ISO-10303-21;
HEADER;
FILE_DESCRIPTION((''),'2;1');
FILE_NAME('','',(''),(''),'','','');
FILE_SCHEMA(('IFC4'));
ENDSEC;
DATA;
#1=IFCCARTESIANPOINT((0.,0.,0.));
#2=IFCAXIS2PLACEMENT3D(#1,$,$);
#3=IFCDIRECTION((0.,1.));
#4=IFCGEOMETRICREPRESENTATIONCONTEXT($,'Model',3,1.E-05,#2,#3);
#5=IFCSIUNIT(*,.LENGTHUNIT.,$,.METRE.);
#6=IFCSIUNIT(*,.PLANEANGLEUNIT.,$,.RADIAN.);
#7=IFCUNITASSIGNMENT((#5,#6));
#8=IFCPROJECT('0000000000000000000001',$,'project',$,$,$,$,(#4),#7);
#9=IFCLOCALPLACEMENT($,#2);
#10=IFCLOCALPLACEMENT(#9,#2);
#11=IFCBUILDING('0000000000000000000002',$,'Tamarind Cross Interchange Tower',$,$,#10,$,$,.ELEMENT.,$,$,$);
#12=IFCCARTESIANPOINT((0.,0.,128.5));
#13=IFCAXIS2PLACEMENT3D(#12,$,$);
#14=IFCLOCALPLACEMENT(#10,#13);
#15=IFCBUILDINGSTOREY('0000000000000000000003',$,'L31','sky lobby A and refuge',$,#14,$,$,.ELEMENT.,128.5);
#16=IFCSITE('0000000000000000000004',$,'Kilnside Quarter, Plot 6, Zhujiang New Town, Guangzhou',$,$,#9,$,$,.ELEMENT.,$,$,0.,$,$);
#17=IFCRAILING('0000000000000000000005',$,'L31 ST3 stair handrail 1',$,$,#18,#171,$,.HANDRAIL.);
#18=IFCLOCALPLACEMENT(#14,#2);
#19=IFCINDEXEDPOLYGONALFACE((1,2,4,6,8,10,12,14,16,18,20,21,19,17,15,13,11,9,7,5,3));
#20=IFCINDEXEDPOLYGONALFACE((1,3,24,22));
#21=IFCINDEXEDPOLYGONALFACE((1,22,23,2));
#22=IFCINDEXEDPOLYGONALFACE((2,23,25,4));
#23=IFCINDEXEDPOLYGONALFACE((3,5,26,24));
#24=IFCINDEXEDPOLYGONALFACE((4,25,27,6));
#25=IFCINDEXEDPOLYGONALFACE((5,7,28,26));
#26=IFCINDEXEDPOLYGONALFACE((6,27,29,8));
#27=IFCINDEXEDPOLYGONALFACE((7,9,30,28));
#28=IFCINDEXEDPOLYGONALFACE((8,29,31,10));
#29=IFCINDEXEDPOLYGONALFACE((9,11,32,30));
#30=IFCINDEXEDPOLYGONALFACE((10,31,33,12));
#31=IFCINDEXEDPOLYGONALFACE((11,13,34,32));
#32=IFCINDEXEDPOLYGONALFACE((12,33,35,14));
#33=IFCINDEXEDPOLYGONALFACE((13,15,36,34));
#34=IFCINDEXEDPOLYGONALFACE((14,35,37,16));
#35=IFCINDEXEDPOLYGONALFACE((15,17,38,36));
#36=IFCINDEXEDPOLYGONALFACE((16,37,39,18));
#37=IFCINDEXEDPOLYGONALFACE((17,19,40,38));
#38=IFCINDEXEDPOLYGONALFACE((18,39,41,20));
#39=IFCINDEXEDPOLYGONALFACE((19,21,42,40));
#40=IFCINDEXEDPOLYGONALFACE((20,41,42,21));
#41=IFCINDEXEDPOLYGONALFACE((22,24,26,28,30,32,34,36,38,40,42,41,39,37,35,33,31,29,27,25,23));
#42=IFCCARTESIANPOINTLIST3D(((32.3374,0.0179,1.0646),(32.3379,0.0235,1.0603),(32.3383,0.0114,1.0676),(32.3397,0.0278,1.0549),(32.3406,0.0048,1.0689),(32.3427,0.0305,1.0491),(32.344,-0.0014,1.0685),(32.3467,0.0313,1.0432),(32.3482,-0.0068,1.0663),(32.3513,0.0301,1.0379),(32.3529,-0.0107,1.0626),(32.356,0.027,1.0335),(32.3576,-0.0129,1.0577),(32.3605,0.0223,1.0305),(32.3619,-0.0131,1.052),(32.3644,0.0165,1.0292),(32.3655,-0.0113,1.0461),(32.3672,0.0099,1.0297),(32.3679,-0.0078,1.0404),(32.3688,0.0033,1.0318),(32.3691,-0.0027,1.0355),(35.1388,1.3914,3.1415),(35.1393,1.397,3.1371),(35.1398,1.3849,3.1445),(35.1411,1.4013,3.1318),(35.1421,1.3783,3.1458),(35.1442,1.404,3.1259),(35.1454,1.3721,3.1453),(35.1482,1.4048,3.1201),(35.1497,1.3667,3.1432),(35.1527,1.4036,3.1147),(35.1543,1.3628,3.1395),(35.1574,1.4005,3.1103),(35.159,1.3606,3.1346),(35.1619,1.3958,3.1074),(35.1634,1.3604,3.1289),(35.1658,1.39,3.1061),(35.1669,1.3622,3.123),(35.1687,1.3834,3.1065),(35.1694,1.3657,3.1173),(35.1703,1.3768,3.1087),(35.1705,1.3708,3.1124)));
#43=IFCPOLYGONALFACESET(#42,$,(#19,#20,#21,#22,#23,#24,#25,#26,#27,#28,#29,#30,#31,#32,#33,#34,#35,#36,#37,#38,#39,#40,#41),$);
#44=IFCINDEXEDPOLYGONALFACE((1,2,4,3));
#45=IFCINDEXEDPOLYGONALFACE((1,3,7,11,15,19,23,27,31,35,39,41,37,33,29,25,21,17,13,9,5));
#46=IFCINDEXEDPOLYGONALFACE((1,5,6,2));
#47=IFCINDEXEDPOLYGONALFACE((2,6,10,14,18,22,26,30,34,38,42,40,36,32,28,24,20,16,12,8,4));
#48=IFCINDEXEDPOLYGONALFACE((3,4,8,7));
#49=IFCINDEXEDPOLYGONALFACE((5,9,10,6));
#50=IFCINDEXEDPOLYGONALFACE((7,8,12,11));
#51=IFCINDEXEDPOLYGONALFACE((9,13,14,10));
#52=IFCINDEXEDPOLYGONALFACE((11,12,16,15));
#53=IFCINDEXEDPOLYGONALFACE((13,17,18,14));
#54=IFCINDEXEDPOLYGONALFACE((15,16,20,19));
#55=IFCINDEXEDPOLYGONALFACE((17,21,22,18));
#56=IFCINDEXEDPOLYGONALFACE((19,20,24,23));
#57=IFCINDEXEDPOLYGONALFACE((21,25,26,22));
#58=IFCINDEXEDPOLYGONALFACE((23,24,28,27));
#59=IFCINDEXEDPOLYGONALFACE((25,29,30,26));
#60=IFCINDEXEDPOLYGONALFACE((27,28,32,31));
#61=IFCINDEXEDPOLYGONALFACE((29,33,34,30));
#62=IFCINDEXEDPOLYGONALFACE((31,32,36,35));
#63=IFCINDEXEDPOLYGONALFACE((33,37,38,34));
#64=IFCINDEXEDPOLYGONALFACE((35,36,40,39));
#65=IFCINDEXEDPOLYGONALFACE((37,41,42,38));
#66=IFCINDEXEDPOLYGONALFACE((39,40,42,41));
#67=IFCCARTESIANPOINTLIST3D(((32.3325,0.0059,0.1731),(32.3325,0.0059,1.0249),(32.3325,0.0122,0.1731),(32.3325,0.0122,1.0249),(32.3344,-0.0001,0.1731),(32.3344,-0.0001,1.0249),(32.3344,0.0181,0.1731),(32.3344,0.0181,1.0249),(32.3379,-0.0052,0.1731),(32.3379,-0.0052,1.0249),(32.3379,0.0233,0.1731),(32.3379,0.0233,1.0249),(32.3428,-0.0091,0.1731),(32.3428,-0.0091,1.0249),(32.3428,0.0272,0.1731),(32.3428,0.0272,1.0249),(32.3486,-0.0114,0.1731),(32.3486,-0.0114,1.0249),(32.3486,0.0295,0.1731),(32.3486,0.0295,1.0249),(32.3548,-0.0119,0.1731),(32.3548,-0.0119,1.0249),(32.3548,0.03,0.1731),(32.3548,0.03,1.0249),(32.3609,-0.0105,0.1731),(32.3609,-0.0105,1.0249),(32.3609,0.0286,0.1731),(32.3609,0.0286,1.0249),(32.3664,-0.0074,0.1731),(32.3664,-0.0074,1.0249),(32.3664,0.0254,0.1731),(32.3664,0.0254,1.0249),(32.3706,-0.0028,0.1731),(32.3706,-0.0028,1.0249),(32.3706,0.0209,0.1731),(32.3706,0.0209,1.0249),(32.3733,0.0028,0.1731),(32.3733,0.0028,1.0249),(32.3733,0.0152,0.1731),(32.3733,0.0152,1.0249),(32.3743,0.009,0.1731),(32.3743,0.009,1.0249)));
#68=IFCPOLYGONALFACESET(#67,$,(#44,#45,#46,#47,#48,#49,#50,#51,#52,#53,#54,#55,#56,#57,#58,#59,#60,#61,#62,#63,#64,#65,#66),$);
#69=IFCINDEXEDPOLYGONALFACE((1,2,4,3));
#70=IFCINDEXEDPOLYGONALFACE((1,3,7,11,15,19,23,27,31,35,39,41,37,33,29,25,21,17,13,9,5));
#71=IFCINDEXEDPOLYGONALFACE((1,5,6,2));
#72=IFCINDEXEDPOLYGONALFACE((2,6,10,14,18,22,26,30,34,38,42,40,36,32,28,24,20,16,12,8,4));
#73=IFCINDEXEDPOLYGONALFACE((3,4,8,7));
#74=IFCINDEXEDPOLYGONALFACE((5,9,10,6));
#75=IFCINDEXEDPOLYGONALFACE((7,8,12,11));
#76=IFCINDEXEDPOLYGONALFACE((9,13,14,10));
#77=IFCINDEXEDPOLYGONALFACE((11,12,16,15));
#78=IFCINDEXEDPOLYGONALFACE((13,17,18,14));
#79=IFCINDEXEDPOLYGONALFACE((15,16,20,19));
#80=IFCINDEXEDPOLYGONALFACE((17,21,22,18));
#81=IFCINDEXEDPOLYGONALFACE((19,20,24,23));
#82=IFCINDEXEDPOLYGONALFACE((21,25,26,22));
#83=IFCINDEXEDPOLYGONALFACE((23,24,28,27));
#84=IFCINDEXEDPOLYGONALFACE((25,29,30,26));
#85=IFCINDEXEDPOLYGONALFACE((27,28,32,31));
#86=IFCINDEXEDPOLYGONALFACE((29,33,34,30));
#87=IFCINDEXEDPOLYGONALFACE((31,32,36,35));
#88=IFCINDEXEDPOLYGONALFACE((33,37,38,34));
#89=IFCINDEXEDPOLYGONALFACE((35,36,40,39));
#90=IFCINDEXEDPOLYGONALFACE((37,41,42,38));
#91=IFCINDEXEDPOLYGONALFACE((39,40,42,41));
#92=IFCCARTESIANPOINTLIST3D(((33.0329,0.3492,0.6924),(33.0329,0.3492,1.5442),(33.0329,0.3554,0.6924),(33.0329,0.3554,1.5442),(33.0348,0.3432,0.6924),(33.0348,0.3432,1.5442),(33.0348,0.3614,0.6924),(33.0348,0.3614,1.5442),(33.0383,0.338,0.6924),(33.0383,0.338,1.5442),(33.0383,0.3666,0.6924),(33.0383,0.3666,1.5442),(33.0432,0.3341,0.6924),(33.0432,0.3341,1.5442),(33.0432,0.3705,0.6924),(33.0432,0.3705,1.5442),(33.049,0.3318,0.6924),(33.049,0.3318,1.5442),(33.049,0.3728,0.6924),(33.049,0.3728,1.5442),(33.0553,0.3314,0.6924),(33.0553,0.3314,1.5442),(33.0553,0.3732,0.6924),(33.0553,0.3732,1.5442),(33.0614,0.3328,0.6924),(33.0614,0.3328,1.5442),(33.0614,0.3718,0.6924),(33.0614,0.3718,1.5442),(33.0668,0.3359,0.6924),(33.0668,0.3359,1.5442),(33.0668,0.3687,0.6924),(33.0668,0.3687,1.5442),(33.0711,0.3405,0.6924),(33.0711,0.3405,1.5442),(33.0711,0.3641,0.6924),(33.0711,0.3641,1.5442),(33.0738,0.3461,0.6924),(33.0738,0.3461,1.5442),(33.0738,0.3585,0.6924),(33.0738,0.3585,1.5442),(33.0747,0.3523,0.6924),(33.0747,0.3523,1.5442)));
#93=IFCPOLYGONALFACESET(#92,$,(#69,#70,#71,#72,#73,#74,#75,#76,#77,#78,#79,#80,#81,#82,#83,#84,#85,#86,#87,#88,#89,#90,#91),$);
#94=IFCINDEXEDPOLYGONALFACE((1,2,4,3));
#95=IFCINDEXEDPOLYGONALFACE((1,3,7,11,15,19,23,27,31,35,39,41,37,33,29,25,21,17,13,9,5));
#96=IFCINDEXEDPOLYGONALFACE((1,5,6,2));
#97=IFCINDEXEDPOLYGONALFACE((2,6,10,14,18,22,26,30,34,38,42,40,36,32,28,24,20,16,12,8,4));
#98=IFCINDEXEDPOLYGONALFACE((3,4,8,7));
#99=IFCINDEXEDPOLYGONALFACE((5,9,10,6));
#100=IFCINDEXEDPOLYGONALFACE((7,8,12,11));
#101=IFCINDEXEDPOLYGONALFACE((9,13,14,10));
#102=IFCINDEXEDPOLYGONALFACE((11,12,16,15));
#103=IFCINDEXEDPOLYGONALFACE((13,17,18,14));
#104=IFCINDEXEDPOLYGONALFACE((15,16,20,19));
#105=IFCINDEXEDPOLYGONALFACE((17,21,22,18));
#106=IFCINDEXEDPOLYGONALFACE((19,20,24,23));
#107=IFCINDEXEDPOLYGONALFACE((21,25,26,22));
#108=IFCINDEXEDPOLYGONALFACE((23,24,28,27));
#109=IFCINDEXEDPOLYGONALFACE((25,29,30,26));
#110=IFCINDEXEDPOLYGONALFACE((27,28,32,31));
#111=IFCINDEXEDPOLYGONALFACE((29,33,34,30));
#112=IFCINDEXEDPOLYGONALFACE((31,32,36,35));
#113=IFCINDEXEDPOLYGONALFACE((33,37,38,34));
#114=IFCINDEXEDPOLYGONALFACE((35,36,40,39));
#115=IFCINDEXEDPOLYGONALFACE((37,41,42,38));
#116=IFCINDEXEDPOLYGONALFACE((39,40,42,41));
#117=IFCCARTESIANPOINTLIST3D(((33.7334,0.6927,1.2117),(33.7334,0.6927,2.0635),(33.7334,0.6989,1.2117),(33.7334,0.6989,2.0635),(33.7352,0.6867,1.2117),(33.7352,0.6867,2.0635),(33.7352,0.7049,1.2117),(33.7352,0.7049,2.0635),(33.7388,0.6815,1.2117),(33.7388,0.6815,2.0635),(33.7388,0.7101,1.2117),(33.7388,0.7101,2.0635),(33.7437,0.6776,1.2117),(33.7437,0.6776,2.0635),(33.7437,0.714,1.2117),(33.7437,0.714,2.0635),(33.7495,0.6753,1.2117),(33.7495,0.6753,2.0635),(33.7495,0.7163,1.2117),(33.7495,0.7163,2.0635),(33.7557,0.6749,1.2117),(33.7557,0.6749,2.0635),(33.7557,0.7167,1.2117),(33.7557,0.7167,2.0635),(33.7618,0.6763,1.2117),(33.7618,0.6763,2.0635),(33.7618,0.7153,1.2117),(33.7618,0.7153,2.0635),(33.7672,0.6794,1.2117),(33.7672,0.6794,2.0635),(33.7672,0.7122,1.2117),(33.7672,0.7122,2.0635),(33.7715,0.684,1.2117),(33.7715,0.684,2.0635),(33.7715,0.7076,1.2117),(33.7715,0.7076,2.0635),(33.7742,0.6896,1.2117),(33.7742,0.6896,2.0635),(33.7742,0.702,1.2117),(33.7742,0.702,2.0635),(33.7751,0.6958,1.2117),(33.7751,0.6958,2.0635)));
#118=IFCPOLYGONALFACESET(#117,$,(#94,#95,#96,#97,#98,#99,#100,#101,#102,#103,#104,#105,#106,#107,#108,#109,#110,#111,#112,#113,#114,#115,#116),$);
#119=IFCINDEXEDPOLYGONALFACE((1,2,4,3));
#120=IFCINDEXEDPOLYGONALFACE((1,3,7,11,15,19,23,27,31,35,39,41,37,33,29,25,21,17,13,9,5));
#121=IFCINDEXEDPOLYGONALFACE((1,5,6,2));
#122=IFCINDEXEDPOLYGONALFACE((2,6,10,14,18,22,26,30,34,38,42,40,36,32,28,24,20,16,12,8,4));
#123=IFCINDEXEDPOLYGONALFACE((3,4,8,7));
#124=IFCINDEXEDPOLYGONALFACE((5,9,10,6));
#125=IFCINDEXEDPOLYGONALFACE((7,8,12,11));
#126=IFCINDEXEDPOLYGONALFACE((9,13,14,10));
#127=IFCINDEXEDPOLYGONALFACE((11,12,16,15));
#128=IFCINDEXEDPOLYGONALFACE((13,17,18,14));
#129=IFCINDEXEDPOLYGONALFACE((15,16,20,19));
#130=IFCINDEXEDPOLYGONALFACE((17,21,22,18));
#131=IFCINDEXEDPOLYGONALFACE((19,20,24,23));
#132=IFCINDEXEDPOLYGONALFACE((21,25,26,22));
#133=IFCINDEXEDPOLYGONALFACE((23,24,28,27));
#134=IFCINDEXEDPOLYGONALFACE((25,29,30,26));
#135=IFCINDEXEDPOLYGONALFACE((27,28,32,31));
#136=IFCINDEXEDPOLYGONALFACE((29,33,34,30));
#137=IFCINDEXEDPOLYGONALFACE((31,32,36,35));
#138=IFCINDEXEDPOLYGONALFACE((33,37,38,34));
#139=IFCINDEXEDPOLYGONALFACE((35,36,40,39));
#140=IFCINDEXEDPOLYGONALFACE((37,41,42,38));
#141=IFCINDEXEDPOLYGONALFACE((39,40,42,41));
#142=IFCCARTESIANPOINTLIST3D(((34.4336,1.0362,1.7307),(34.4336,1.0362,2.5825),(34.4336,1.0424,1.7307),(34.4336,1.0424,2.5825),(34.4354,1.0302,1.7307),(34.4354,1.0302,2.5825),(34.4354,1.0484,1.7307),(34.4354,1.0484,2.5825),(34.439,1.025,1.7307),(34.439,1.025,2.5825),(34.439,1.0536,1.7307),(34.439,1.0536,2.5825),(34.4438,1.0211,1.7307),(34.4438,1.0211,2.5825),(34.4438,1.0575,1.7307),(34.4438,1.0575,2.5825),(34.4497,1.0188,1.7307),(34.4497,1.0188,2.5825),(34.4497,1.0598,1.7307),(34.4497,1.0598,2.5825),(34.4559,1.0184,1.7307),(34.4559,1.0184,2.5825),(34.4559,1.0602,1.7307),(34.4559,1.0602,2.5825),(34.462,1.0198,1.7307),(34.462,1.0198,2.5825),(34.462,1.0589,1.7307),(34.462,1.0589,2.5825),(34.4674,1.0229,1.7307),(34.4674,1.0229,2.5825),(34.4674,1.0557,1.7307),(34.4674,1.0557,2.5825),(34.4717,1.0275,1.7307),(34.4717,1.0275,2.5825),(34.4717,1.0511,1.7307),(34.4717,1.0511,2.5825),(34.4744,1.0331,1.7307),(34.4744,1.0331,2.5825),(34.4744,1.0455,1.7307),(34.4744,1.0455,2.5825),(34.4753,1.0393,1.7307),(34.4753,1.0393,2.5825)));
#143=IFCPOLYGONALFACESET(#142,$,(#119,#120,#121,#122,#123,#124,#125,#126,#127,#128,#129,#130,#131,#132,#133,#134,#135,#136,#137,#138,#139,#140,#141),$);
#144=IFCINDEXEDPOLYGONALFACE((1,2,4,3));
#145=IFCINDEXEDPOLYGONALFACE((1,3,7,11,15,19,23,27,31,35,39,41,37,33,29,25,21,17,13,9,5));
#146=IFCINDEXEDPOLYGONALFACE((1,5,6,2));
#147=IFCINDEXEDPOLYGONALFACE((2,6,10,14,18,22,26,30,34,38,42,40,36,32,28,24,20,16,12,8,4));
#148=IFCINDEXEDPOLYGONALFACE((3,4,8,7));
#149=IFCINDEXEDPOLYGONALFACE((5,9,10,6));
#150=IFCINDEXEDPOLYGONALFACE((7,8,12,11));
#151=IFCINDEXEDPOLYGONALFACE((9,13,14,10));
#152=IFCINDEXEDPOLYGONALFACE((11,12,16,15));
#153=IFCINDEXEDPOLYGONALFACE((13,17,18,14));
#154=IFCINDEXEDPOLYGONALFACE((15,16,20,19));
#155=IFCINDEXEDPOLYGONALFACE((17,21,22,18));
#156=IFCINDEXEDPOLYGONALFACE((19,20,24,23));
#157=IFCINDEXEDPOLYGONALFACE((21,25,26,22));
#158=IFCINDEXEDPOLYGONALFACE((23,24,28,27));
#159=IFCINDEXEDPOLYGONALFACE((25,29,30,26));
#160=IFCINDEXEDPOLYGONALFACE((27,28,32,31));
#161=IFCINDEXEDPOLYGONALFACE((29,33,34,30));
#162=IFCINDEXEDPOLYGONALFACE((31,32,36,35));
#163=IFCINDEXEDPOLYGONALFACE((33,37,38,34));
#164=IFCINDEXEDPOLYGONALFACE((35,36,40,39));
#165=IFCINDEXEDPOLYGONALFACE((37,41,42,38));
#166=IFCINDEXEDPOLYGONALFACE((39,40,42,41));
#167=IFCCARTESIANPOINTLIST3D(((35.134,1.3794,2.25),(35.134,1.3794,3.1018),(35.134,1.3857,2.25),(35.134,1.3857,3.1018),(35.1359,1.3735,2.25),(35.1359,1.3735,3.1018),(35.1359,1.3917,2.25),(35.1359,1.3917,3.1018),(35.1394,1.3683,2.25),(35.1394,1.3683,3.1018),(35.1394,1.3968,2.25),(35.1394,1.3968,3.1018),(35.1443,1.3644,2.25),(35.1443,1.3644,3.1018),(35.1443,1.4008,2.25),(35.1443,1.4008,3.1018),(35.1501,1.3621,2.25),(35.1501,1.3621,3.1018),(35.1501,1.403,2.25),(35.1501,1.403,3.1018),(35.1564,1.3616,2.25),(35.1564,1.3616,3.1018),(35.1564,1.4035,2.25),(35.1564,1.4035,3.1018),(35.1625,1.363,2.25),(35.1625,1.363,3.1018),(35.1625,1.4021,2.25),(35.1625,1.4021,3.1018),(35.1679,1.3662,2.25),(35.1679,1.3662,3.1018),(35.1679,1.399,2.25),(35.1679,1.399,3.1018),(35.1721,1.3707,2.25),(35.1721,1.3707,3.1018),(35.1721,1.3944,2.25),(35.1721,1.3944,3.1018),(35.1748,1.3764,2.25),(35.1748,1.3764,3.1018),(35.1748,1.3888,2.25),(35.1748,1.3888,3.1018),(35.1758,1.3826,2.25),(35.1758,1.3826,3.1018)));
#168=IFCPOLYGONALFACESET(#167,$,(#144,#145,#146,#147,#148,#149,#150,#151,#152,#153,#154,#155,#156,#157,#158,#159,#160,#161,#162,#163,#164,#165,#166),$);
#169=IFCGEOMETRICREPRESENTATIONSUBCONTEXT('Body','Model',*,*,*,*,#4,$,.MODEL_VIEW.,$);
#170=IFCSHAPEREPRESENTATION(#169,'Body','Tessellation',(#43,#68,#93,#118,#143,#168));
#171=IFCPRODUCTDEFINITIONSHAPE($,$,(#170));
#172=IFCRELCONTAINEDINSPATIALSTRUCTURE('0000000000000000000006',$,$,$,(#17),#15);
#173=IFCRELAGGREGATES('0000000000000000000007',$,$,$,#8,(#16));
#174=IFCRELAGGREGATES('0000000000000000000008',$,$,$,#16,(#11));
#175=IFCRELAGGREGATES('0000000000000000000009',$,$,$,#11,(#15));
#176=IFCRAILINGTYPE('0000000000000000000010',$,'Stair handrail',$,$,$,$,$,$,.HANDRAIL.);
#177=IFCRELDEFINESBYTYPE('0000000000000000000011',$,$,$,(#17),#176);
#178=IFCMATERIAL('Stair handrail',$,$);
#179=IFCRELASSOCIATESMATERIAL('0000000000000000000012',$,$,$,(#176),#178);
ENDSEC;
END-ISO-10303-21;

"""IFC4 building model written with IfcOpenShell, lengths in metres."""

from ifc_helpers import new_model, si_unit, direction, frame, origin, origin_2d, place, context, subcontext, project, spatial, circle, extrude, material, type_object, element, save


model = new_model("IFC4")

# Units and contexts
model_context = context("Model", 3, precision=1e-05, world=origin(), true_north=direction((0.0, 1.0)))
body_context = subcontext(model_context, "Body", "Model", "MODEL_VIEW")
ifc_project = project(units=[si_unit("LENGTHUNIT", "METRE"), si_unit("PLANEANGLEUNIT", "RADIAN")], contexts=[model_context])

# Site, building, storey
site_placement = place(None, origin())
site = spatial("IfcSite", under=ifc_project, at=site_placement, Name="Kilnside Quarter, Plot 6, Zhujiang New Town, Guangzhou", CompositionType="ELEMENT", RefElevation=0.0)
building_placement = place(site_placement, origin())
building = spatial("IfcBuilding", under=site, at=building_placement, Name="Tamarind Cross Interchange Tower", CompositionType="ELEMENT")
storey_placement = place(building_placement, frame((0.0, 0.0, 128.5)))
storey = spatial("IfcBuildingStorey", under=building, at=storey_placement, Name="L31", Description="sky lobby A and refuge", CompositionType="ELEMENT", Elevation=128.5)

# Railing
ifc_material_1 = material(Name="Stair handrail")
railing_type_1 = type_object("IfcRailingType", Name="Stair handrail", PredefinedType="HANDRAIL", material=ifc_material_1)
railing_1_placement = place(storey_placement, frame((32.3533, 0.009, 0.1731)))
element("IfcRailing", 1, at=railing_1_placement, inside=storey, type_object=railing_type_1, Name="L31 ST3 stair handrail 1", PredefinedType="HANDRAIL", context=body_context, shape_type="SweptSolid", body=[
    extrude(circle(Radius=0.0239, at=origin_2d()), frame((0.0, 0.0, 0.876), z_axis=(0.74744, 0.366457, 0.554115), x_axis=(-0.44022, 0.89789, 0.0)), (0.0, 0.0, 1.0), 3.748),
    extrude(circle(Radius=0.021, at=origin_2d()), origin(), (0.0, 0.0, 1.0), 0.8518),
    extrude(circle(Radius=0.021, at=origin_2d()), frame((0.7004, 0.3433, 0.5193)), (0.0, 0.0, 1.0), 0.8518),
    extrude(circle(Radius=0.021, at=origin_2d()), frame((1.4009, 0.6868, 1.0386)), (0.0, 0.0, 1.0), 0.8518),
    extrude(circle(Radius=0.021, at=origin_2d()), frame((2.1011, 1.0303, 1.5576)), (0.0, 0.0, 1.0), 0.8518),
    extrude(circle(Radius=0.021, at=origin_2d()), frame((2.8015, 1.3735, 2.0769)), (0.0, 0.0, 1.0), 0.8518),
])

save(model, "model.ifc")
